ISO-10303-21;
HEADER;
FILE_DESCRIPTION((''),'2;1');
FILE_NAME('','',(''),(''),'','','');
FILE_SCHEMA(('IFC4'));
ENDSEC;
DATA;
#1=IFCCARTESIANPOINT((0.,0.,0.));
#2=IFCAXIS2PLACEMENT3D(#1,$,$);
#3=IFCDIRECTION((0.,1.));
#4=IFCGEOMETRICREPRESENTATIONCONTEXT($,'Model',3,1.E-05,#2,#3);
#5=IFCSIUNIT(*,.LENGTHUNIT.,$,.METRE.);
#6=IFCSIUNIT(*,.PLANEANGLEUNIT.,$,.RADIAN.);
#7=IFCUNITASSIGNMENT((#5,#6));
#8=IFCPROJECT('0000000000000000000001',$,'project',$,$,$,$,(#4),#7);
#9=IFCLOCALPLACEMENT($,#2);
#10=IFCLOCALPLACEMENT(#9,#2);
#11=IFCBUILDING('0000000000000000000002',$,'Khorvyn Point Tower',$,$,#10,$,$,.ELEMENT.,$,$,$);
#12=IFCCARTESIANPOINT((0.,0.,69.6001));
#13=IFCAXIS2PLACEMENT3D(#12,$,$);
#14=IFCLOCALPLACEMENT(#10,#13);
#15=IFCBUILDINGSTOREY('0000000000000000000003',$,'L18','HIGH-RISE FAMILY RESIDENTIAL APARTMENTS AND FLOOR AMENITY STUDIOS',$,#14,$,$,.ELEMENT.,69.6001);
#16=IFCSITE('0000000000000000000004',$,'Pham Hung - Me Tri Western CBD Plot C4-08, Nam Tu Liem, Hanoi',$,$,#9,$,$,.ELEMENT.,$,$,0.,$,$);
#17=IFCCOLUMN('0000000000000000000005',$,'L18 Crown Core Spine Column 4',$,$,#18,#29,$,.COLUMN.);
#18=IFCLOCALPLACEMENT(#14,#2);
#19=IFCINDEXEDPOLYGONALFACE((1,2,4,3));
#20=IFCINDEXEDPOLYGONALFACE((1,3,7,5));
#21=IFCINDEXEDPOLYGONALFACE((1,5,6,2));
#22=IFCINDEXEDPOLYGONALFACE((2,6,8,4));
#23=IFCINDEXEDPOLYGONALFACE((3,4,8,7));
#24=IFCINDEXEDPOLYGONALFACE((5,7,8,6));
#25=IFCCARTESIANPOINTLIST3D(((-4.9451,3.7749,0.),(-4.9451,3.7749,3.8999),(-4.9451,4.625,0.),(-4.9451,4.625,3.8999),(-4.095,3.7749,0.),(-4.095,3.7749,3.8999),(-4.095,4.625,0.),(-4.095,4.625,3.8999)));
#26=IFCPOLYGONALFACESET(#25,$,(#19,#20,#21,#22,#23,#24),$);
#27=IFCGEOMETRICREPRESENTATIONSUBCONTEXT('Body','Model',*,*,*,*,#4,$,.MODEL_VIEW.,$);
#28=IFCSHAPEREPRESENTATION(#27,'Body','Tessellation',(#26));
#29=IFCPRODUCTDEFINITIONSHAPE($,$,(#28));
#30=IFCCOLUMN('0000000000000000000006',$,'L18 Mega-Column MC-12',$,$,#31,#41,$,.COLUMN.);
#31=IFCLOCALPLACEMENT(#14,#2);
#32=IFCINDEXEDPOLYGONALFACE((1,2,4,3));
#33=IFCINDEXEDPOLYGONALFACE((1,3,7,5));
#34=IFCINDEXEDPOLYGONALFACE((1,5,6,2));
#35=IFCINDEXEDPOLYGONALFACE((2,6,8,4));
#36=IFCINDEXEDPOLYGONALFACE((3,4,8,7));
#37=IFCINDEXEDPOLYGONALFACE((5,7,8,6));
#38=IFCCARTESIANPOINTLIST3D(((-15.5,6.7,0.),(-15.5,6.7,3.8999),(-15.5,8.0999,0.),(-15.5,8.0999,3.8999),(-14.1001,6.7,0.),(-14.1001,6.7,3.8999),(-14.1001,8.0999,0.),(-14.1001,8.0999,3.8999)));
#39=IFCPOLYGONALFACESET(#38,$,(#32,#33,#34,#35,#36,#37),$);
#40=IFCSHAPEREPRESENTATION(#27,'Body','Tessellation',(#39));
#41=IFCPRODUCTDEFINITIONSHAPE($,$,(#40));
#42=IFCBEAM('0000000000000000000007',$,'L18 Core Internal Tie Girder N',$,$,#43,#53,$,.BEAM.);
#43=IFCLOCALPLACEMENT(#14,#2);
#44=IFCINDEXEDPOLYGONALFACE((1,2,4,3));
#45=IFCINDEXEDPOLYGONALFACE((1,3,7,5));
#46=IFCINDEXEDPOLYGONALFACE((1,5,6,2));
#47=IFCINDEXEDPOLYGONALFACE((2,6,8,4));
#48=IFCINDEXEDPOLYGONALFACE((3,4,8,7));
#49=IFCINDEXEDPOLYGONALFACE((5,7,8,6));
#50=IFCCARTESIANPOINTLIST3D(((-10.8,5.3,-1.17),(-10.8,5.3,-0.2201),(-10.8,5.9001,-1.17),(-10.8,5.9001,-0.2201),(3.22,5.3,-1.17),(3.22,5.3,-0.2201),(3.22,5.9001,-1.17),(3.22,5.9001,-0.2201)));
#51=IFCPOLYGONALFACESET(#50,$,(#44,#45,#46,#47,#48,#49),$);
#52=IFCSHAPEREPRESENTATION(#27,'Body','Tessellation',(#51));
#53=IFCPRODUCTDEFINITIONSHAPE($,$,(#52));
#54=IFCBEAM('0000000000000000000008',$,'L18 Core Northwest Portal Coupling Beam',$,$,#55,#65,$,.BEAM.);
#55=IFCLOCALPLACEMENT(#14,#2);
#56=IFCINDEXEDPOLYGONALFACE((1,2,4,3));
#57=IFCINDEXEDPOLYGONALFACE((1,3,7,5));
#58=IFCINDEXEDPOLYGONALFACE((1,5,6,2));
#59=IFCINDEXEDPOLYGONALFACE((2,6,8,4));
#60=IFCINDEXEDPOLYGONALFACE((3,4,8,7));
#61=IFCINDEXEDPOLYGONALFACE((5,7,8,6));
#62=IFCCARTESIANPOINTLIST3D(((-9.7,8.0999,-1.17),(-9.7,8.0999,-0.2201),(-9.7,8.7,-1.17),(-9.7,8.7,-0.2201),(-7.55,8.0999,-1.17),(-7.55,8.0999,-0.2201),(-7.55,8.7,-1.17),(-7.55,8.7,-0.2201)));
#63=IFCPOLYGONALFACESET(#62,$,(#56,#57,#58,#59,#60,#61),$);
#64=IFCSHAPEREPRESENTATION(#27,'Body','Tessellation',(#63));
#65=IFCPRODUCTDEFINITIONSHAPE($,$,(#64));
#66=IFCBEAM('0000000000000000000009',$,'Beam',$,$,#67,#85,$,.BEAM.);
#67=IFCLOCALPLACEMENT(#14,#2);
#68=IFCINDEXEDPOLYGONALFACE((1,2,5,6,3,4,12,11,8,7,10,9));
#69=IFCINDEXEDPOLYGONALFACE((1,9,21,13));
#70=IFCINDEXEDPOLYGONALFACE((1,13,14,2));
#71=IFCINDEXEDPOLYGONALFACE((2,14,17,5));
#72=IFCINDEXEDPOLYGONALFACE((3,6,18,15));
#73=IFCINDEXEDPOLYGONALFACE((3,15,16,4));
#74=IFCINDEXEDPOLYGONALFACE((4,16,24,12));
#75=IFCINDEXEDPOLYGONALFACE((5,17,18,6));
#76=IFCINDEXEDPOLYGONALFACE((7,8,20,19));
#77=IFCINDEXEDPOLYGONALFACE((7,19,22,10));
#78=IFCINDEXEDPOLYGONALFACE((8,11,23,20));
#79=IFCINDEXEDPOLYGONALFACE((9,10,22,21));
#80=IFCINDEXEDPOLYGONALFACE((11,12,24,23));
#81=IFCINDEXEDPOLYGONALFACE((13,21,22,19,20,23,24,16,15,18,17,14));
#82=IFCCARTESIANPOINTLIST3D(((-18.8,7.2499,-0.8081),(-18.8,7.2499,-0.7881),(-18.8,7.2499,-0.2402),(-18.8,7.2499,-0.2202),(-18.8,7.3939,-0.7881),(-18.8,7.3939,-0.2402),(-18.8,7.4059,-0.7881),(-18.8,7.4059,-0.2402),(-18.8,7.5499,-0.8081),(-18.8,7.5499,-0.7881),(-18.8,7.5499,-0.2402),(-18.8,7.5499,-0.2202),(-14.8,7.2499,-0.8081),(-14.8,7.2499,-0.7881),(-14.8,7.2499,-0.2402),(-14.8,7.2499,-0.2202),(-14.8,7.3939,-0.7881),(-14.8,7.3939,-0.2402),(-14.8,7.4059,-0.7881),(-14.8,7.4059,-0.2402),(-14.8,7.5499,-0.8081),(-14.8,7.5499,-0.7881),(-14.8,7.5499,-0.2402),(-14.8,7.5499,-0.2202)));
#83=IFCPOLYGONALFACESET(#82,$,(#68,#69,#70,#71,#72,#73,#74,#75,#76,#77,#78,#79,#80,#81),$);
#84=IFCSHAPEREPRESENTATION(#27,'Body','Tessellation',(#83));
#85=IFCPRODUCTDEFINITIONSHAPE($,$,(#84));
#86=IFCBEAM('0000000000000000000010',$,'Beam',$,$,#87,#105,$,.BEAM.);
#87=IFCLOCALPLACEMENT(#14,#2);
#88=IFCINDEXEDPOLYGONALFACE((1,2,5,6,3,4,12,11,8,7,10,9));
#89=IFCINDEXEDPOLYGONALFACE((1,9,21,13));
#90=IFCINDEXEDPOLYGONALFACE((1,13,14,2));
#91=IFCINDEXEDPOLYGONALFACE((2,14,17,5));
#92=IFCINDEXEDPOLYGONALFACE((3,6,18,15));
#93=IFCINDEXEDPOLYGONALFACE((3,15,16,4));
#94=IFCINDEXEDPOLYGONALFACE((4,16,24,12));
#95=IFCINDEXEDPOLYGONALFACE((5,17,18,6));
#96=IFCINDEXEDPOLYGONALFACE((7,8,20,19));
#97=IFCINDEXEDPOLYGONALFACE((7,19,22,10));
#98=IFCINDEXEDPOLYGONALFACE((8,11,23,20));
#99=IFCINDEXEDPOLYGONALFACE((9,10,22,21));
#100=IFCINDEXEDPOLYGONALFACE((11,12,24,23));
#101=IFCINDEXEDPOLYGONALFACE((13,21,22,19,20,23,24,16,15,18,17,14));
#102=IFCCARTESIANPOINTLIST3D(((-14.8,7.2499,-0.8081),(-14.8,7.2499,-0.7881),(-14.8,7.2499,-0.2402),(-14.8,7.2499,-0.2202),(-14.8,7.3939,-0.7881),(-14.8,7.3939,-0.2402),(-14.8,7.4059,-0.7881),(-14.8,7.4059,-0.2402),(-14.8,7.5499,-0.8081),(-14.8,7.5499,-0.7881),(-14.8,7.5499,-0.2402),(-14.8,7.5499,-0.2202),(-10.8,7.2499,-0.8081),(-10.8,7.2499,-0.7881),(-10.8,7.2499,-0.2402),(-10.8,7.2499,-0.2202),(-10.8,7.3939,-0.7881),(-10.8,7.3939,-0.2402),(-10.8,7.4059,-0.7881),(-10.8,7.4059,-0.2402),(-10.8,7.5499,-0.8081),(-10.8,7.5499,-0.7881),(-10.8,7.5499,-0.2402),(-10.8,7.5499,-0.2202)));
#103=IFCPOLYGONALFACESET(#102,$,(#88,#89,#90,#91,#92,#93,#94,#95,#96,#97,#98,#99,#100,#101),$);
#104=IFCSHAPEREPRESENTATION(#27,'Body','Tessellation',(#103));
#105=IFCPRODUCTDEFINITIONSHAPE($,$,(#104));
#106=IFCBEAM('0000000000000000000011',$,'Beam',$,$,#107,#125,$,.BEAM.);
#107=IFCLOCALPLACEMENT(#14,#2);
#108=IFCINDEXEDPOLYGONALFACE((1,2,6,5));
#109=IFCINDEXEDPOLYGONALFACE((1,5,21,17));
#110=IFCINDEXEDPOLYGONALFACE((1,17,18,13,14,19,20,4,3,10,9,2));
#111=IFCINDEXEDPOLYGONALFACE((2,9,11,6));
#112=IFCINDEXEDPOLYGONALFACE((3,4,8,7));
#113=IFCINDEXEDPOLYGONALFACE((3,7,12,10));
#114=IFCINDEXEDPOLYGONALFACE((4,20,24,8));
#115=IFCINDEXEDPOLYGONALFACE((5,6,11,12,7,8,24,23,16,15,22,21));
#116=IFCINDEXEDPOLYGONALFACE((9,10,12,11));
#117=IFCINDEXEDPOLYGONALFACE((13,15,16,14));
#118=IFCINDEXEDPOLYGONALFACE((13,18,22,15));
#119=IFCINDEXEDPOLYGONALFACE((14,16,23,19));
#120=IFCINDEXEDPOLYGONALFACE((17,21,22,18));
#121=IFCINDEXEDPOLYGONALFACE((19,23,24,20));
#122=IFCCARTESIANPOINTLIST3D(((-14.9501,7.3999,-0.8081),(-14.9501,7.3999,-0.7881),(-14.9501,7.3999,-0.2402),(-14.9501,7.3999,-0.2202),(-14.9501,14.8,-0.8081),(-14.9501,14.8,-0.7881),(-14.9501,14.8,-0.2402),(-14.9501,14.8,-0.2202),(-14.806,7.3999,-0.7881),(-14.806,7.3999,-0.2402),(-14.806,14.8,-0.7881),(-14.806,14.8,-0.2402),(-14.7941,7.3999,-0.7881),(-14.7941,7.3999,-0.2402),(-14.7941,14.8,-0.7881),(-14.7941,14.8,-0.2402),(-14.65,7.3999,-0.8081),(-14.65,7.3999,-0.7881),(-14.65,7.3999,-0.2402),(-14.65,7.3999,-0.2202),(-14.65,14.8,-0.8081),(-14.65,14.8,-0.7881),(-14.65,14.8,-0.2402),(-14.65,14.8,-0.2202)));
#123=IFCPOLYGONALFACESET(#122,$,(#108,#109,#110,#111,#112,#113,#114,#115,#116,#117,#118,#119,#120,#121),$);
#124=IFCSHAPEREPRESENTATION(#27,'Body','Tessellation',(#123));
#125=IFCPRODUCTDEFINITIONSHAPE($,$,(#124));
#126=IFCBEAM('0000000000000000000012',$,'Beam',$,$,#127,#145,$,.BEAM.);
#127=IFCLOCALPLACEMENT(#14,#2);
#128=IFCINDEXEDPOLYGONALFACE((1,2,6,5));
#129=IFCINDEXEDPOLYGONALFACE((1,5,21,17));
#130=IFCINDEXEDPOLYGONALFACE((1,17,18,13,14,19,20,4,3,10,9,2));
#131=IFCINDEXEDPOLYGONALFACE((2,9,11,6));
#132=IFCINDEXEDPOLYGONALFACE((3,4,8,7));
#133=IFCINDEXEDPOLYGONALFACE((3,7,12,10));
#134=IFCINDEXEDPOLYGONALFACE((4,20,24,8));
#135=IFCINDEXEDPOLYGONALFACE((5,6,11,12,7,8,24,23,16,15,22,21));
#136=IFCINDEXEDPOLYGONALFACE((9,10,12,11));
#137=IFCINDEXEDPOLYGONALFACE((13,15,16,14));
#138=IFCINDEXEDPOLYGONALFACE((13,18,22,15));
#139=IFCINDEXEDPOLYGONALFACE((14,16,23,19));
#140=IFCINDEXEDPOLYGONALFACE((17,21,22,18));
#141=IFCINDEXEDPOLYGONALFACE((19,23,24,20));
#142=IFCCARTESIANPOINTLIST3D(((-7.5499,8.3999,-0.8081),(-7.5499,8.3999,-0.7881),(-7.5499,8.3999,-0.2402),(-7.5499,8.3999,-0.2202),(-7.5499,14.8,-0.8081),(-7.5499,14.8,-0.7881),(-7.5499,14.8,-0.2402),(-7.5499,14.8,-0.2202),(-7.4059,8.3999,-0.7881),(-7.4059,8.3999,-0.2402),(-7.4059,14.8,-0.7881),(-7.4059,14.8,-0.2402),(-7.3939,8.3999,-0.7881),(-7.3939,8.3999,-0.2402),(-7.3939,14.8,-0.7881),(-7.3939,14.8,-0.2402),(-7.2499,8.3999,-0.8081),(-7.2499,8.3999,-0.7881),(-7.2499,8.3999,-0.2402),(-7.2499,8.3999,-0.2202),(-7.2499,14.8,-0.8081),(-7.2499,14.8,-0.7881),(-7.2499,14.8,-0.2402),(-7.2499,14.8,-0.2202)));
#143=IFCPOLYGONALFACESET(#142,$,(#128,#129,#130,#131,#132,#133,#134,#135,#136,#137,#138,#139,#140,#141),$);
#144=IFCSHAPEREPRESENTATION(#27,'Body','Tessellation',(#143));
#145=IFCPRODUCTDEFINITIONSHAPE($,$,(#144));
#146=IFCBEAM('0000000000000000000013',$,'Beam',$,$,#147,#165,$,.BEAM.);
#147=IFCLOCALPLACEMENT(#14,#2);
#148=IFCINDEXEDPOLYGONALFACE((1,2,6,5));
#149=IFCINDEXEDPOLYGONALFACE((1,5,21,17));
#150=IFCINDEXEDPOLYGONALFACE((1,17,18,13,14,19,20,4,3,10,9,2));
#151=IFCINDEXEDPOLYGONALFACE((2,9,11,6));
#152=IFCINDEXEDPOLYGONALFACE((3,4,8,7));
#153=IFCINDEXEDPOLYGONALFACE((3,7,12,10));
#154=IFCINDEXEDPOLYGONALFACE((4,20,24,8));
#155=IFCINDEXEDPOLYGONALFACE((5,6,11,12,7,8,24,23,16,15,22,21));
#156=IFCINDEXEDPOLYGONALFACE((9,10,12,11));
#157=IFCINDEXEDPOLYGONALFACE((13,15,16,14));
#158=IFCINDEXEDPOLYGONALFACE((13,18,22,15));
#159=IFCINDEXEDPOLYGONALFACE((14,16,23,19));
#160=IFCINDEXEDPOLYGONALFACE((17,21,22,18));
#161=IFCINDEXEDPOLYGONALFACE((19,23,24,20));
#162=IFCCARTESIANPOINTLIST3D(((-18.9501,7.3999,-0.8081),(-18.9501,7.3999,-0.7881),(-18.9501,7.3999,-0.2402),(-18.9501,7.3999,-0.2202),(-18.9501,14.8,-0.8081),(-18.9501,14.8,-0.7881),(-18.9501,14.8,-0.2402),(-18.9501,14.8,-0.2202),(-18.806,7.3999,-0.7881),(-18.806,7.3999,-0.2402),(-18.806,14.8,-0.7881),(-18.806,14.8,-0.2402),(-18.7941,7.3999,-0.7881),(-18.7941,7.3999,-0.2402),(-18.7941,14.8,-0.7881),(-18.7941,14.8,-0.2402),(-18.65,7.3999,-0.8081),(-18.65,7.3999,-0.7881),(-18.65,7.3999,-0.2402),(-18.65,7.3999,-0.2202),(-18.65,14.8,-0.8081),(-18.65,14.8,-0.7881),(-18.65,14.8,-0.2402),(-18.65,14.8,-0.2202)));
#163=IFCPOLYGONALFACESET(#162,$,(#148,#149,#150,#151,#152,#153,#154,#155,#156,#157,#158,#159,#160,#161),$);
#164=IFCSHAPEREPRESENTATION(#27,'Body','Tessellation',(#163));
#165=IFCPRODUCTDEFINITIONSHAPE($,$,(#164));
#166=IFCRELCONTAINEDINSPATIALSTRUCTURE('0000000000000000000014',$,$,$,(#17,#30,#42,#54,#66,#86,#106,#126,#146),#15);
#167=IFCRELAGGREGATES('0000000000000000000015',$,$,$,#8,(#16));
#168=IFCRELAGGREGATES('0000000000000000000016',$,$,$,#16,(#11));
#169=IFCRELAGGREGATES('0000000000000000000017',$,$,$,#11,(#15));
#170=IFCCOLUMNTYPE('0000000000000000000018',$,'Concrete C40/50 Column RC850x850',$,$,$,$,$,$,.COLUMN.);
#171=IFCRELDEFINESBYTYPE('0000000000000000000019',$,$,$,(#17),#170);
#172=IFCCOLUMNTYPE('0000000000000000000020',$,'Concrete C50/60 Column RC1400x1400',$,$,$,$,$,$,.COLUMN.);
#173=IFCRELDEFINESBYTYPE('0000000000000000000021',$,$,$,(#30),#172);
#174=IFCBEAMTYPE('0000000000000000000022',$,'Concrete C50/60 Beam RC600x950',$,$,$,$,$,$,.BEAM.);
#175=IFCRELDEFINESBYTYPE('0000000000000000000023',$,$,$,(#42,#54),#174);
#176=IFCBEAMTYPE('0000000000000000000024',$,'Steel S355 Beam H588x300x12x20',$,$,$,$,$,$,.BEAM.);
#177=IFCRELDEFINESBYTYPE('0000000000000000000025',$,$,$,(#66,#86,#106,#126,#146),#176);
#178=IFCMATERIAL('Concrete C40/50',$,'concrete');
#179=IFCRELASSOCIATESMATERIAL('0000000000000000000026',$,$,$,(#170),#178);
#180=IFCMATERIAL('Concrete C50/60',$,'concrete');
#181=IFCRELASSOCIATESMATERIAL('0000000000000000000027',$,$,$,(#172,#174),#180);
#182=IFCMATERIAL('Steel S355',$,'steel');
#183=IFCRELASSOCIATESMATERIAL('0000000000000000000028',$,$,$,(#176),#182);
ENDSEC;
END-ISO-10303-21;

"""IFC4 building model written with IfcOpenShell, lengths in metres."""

from ifc_helpers import new_model, si_unit, direction, frame, origin, origin_2d, place, context, subcontext, project, spatial, rectangle, i_section, extrude, material, material_profile, profile_set, type_object, element, save


model = new_model("IFC4")

# Units and contexts
model_context = context("Model", 3, precision=1e-05, world=origin(), true_north=direction((0.0, 1.0)))
body_context = subcontext(model_context, "Body", "Model", "MODEL_VIEW")
ifc_project = project(units=[si_unit("LENGTHUNIT", "METRE"), si_unit("PLANEANGLEUNIT", "RADIAN")], contexts=[model_context])

# Site, building, storey
site_placement = place(None, origin())
site = spatial("IfcSite", under=ifc_project, at=site_placement, Name="Pham Hung - Me Tri Western CBD Plot C4-08, Nam Tu Liem, Hanoi", CompositionType="ELEMENT", RefElevation=0.0)
building_placement = place(site_placement, origin())
building = spatial("IfcBuilding", under=site, at=building_placement, Name="Khorvyn Point Tower", CompositionType="ELEMENT")
storey_placement = place(building_placement, frame((0.0, 0.0, 69.6001)))
storey = spatial("IfcBuildingStorey", under=building, at=storey_placement, Name="L18", Description="HIGH-RISE FAMILY RESIDENTIAL APARTMENTS AND FLOOR AMENITY STUDIOS", CompositionType="ELEMENT", Elevation=69.6001)

# Columns
ifc_material_1 = material(Name="Concrete C40/50", Category="concrete")
ifc_material_profile_1 = material_profile(ifc_material_1, rectangle(XDim=0.8501, YDim=0.8501, at=origin_2d()))
ifc_profile_set_1 = profile_set([ifc_material_profile_1], Name="Concrete C40/50 RC850x850")
column_type_1 = type_object("IfcColumnType", Name="Concrete C40/50 Column RC850x850", PredefinedType="COLUMN", material=ifc_profile_set_1)
column_1_placement = place(storey_placement, frame((-4.52, 4.2, 0.0), z_axis=(0.0, 0.0, 1.0), x_axis=(1.0, 0.0, 0.0)))
element("IfcColumn", 1, at=column_1_placement, inside=storey, type_object=column_type_1, Name="L18 Crown Core Spine Column 4", PredefinedType="COLUMN", context=body_context, shape_type="SweptSolid", body=[
    extrude(rectangle(XDim=0.8501, YDim=0.8501, at=origin_2d()), origin(), (0.0, 0.0, 1.0), 3.8999),
])
ifc_material_2 = material(Name="Concrete C50/60", Category="concrete")
ifc_material_profile_2 = material_profile(ifc_material_2, rectangle(XDim=1.3999, YDim=1.3999, at=origin_2d()))
ifc_profile_set_2 = profile_set([ifc_material_profile_2], Name="Concrete C50/60 RC1400x1400")
column_type_2 = type_object("IfcColumnType", Name="Concrete C50/60 Column RC1400x1400", PredefinedType="COLUMN", material=ifc_profile_set_2)
column_2_placement = place(storey_placement, frame((-14.8, 7.3999, 0.0), z_axis=(0.0, 0.0, 1.0), x_axis=(1.0, 0.0, 0.0)))
element("IfcColumn", 2, at=column_2_placement, inside=storey, type_object=column_type_2, Name="L18 Mega-Column MC-12", PredefinedType="COLUMN", context=body_context, shape_type="SweptSolid", body=[
    extrude(rectangle(XDim=1.3999, YDim=1.3999, at=origin_2d()), origin(), (0.0, 0.0, 1.0), 3.8999),
])

# Beams
ifc_material_profile_3 = material_profile(ifc_material_2, rectangle(XDim=0.6001, YDim=0.95, at=origin_2d()))
ifc_profile_set_3 = profile_set([ifc_material_profile_3], Name="Concrete C50/60 RC600x950")
beam_type_1 = type_object("IfcBeamType", Name="Concrete C50/60 Beam RC600x950", PredefinedType="BEAM", material=ifc_profile_set_3)
beam_1_placement = place(storey_placement, frame((-10.8, 5.6001, -0.6951), z_axis=(1.0, 0.0, 0.0), x_axis=(0.0, 1.0, 0.0)))
element("IfcBeam", 3, at=beam_1_placement, inside=storey, type_object=beam_type_1, Name="L18 Core Internal Tie Girder N", PredefinedType="BEAM", context=body_context, shape_type="SweptSolid", body=[
    extrude(rectangle(XDim=0.6001, YDim=0.95, at=origin_2d()), origin(), (0.0, 0.0, 1.0), 14.02),
])
beam_2_placement = place(storey_placement, frame((-9.7, 8.3999, -0.6951), z_axis=(1.0, 0.0, 0.0), x_axis=(0.0, 1.0, 0.0)))
element("IfcBeam", 4, at=beam_2_placement, inside=storey, type_object=beam_type_1, Name="L18 Core Northwest Portal Coupling Beam", PredefinedType="BEAM", context=body_context, shape_type="SweptSolid", body=[
    extrude(rectangle(XDim=0.6001, YDim=0.95, at=origin_2d()), origin(), (0.0, 0.0, 1.0), 2.1499),
])
ifc_material_3 = material(Name="Steel S355", Category="steel")
ifc_material_profile_4 = material_profile(ifc_material_3, i_section(OverallWidth=0.3, OverallDepth=0.5879, WebThickness=0.012, FlangeThickness=0.02, at=origin_2d()))
ifc_profile_set_4 = profile_set([ifc_material_profile_4], Name="Steel S355 H588x300x12x20")
beam_type_2 = type_object("IfcBeamType", Name="Steel S355 Beam H588x300x12x20", PredefinedType="BEAM", material=ifc_profile_set_4)
for number, where, z_axis, x_axis, name in (
    (5, (-18.8, 7.3999, -0.5142), (1.0, 0.0, 0.0), (0.0, 1.0, 0.0), "Beam"),
    (6, (-14.8, 7.3999, -0.5142), (1.0, 0.0, 0.0), (0.0, 1.0, 0.0), "Beam"),
):
    element("IfcBeam", number, at=place(storey_placement, frame(where, z_axis=z_axis, x_axis=x_axis)), inside=storey, type_object=beam_type_2, Name=name, PredefinedType="BEAM", context=body_context, shape_type="SweptSolid", body=[
        extrude(i_section(OverallWidth=0.3, OverallDepth=0.5879, WebThickness=0.012, FlangeThickness=0.02, at=origin_2d()), origin(), (0.0, 0.0, 1.0), 4.0),
    ])
beam_3_placement = place(storey_placement, frame((-14.8, 7.3999, -0.5142), z_axis=(0.0, 1.0, 0.0), x_axis=(-1.0, 0.0, 0.0)))
element("IfcBeam", 7, at=beam_3_placement, inside=storey, type_object=beam_type_2, Name="Beam", PredefinedType="BEAM", context=body_context, shape_type="SweptSolid", body=[
    extrude(i_section(OverallWidth=0.3, OverallDepth=0.5879, WebThickness=0.012, FlangeThickness=0.02, at=origin_2d()), origin(), (0.0, 0.0, 1.0), 7.4001),
])
beam_4_placement = place(storey_placement, frame((-7.3999, 8.3999, -0.5142), z_axis=(0.0, 1.0, 0.0), x_axis=(-1.0, 0.0, 0.0)))
element("IfcBeam", 8, at=beam_4_placement, inside=storey, type_object=beam_type_2, Name="Beam", PredefinedType="BEAM", context=body_context, shape_type="SweptSolid", body=[
    extrude(i_section(OverallWidth=0.3, OverallDepth=0.5879, WebThickness=0.012, FlangeThickness=0.02, at=origin_2d()), origin(), (0.0, 0.0, 1.0), 6.4001),
])
beam_5_placement = place(storey_placement, frame((-18.8, 7.3999, -0.5142), z_axis=(0.0, 1.0, 0.0), x_axis=(-1.0, 0.0, 0.0)))
element("IfcBeam", 9, at=beam_5_placement, inside=storey, type_object=beam_type_2, Name="Beam", PredefinedType="BEAM", context=body_context, shape_type="SweptSolid", body=[
    extrude(i_section(OverallWidth=0.3, OverallDepth=0.5879, WebThickness=0.012, FlangeThickness=0.02, at=origin_2d()), origin(), (0.0, 0.0, 1.0), 7.4001),
])

save(model, "model.ifc")
